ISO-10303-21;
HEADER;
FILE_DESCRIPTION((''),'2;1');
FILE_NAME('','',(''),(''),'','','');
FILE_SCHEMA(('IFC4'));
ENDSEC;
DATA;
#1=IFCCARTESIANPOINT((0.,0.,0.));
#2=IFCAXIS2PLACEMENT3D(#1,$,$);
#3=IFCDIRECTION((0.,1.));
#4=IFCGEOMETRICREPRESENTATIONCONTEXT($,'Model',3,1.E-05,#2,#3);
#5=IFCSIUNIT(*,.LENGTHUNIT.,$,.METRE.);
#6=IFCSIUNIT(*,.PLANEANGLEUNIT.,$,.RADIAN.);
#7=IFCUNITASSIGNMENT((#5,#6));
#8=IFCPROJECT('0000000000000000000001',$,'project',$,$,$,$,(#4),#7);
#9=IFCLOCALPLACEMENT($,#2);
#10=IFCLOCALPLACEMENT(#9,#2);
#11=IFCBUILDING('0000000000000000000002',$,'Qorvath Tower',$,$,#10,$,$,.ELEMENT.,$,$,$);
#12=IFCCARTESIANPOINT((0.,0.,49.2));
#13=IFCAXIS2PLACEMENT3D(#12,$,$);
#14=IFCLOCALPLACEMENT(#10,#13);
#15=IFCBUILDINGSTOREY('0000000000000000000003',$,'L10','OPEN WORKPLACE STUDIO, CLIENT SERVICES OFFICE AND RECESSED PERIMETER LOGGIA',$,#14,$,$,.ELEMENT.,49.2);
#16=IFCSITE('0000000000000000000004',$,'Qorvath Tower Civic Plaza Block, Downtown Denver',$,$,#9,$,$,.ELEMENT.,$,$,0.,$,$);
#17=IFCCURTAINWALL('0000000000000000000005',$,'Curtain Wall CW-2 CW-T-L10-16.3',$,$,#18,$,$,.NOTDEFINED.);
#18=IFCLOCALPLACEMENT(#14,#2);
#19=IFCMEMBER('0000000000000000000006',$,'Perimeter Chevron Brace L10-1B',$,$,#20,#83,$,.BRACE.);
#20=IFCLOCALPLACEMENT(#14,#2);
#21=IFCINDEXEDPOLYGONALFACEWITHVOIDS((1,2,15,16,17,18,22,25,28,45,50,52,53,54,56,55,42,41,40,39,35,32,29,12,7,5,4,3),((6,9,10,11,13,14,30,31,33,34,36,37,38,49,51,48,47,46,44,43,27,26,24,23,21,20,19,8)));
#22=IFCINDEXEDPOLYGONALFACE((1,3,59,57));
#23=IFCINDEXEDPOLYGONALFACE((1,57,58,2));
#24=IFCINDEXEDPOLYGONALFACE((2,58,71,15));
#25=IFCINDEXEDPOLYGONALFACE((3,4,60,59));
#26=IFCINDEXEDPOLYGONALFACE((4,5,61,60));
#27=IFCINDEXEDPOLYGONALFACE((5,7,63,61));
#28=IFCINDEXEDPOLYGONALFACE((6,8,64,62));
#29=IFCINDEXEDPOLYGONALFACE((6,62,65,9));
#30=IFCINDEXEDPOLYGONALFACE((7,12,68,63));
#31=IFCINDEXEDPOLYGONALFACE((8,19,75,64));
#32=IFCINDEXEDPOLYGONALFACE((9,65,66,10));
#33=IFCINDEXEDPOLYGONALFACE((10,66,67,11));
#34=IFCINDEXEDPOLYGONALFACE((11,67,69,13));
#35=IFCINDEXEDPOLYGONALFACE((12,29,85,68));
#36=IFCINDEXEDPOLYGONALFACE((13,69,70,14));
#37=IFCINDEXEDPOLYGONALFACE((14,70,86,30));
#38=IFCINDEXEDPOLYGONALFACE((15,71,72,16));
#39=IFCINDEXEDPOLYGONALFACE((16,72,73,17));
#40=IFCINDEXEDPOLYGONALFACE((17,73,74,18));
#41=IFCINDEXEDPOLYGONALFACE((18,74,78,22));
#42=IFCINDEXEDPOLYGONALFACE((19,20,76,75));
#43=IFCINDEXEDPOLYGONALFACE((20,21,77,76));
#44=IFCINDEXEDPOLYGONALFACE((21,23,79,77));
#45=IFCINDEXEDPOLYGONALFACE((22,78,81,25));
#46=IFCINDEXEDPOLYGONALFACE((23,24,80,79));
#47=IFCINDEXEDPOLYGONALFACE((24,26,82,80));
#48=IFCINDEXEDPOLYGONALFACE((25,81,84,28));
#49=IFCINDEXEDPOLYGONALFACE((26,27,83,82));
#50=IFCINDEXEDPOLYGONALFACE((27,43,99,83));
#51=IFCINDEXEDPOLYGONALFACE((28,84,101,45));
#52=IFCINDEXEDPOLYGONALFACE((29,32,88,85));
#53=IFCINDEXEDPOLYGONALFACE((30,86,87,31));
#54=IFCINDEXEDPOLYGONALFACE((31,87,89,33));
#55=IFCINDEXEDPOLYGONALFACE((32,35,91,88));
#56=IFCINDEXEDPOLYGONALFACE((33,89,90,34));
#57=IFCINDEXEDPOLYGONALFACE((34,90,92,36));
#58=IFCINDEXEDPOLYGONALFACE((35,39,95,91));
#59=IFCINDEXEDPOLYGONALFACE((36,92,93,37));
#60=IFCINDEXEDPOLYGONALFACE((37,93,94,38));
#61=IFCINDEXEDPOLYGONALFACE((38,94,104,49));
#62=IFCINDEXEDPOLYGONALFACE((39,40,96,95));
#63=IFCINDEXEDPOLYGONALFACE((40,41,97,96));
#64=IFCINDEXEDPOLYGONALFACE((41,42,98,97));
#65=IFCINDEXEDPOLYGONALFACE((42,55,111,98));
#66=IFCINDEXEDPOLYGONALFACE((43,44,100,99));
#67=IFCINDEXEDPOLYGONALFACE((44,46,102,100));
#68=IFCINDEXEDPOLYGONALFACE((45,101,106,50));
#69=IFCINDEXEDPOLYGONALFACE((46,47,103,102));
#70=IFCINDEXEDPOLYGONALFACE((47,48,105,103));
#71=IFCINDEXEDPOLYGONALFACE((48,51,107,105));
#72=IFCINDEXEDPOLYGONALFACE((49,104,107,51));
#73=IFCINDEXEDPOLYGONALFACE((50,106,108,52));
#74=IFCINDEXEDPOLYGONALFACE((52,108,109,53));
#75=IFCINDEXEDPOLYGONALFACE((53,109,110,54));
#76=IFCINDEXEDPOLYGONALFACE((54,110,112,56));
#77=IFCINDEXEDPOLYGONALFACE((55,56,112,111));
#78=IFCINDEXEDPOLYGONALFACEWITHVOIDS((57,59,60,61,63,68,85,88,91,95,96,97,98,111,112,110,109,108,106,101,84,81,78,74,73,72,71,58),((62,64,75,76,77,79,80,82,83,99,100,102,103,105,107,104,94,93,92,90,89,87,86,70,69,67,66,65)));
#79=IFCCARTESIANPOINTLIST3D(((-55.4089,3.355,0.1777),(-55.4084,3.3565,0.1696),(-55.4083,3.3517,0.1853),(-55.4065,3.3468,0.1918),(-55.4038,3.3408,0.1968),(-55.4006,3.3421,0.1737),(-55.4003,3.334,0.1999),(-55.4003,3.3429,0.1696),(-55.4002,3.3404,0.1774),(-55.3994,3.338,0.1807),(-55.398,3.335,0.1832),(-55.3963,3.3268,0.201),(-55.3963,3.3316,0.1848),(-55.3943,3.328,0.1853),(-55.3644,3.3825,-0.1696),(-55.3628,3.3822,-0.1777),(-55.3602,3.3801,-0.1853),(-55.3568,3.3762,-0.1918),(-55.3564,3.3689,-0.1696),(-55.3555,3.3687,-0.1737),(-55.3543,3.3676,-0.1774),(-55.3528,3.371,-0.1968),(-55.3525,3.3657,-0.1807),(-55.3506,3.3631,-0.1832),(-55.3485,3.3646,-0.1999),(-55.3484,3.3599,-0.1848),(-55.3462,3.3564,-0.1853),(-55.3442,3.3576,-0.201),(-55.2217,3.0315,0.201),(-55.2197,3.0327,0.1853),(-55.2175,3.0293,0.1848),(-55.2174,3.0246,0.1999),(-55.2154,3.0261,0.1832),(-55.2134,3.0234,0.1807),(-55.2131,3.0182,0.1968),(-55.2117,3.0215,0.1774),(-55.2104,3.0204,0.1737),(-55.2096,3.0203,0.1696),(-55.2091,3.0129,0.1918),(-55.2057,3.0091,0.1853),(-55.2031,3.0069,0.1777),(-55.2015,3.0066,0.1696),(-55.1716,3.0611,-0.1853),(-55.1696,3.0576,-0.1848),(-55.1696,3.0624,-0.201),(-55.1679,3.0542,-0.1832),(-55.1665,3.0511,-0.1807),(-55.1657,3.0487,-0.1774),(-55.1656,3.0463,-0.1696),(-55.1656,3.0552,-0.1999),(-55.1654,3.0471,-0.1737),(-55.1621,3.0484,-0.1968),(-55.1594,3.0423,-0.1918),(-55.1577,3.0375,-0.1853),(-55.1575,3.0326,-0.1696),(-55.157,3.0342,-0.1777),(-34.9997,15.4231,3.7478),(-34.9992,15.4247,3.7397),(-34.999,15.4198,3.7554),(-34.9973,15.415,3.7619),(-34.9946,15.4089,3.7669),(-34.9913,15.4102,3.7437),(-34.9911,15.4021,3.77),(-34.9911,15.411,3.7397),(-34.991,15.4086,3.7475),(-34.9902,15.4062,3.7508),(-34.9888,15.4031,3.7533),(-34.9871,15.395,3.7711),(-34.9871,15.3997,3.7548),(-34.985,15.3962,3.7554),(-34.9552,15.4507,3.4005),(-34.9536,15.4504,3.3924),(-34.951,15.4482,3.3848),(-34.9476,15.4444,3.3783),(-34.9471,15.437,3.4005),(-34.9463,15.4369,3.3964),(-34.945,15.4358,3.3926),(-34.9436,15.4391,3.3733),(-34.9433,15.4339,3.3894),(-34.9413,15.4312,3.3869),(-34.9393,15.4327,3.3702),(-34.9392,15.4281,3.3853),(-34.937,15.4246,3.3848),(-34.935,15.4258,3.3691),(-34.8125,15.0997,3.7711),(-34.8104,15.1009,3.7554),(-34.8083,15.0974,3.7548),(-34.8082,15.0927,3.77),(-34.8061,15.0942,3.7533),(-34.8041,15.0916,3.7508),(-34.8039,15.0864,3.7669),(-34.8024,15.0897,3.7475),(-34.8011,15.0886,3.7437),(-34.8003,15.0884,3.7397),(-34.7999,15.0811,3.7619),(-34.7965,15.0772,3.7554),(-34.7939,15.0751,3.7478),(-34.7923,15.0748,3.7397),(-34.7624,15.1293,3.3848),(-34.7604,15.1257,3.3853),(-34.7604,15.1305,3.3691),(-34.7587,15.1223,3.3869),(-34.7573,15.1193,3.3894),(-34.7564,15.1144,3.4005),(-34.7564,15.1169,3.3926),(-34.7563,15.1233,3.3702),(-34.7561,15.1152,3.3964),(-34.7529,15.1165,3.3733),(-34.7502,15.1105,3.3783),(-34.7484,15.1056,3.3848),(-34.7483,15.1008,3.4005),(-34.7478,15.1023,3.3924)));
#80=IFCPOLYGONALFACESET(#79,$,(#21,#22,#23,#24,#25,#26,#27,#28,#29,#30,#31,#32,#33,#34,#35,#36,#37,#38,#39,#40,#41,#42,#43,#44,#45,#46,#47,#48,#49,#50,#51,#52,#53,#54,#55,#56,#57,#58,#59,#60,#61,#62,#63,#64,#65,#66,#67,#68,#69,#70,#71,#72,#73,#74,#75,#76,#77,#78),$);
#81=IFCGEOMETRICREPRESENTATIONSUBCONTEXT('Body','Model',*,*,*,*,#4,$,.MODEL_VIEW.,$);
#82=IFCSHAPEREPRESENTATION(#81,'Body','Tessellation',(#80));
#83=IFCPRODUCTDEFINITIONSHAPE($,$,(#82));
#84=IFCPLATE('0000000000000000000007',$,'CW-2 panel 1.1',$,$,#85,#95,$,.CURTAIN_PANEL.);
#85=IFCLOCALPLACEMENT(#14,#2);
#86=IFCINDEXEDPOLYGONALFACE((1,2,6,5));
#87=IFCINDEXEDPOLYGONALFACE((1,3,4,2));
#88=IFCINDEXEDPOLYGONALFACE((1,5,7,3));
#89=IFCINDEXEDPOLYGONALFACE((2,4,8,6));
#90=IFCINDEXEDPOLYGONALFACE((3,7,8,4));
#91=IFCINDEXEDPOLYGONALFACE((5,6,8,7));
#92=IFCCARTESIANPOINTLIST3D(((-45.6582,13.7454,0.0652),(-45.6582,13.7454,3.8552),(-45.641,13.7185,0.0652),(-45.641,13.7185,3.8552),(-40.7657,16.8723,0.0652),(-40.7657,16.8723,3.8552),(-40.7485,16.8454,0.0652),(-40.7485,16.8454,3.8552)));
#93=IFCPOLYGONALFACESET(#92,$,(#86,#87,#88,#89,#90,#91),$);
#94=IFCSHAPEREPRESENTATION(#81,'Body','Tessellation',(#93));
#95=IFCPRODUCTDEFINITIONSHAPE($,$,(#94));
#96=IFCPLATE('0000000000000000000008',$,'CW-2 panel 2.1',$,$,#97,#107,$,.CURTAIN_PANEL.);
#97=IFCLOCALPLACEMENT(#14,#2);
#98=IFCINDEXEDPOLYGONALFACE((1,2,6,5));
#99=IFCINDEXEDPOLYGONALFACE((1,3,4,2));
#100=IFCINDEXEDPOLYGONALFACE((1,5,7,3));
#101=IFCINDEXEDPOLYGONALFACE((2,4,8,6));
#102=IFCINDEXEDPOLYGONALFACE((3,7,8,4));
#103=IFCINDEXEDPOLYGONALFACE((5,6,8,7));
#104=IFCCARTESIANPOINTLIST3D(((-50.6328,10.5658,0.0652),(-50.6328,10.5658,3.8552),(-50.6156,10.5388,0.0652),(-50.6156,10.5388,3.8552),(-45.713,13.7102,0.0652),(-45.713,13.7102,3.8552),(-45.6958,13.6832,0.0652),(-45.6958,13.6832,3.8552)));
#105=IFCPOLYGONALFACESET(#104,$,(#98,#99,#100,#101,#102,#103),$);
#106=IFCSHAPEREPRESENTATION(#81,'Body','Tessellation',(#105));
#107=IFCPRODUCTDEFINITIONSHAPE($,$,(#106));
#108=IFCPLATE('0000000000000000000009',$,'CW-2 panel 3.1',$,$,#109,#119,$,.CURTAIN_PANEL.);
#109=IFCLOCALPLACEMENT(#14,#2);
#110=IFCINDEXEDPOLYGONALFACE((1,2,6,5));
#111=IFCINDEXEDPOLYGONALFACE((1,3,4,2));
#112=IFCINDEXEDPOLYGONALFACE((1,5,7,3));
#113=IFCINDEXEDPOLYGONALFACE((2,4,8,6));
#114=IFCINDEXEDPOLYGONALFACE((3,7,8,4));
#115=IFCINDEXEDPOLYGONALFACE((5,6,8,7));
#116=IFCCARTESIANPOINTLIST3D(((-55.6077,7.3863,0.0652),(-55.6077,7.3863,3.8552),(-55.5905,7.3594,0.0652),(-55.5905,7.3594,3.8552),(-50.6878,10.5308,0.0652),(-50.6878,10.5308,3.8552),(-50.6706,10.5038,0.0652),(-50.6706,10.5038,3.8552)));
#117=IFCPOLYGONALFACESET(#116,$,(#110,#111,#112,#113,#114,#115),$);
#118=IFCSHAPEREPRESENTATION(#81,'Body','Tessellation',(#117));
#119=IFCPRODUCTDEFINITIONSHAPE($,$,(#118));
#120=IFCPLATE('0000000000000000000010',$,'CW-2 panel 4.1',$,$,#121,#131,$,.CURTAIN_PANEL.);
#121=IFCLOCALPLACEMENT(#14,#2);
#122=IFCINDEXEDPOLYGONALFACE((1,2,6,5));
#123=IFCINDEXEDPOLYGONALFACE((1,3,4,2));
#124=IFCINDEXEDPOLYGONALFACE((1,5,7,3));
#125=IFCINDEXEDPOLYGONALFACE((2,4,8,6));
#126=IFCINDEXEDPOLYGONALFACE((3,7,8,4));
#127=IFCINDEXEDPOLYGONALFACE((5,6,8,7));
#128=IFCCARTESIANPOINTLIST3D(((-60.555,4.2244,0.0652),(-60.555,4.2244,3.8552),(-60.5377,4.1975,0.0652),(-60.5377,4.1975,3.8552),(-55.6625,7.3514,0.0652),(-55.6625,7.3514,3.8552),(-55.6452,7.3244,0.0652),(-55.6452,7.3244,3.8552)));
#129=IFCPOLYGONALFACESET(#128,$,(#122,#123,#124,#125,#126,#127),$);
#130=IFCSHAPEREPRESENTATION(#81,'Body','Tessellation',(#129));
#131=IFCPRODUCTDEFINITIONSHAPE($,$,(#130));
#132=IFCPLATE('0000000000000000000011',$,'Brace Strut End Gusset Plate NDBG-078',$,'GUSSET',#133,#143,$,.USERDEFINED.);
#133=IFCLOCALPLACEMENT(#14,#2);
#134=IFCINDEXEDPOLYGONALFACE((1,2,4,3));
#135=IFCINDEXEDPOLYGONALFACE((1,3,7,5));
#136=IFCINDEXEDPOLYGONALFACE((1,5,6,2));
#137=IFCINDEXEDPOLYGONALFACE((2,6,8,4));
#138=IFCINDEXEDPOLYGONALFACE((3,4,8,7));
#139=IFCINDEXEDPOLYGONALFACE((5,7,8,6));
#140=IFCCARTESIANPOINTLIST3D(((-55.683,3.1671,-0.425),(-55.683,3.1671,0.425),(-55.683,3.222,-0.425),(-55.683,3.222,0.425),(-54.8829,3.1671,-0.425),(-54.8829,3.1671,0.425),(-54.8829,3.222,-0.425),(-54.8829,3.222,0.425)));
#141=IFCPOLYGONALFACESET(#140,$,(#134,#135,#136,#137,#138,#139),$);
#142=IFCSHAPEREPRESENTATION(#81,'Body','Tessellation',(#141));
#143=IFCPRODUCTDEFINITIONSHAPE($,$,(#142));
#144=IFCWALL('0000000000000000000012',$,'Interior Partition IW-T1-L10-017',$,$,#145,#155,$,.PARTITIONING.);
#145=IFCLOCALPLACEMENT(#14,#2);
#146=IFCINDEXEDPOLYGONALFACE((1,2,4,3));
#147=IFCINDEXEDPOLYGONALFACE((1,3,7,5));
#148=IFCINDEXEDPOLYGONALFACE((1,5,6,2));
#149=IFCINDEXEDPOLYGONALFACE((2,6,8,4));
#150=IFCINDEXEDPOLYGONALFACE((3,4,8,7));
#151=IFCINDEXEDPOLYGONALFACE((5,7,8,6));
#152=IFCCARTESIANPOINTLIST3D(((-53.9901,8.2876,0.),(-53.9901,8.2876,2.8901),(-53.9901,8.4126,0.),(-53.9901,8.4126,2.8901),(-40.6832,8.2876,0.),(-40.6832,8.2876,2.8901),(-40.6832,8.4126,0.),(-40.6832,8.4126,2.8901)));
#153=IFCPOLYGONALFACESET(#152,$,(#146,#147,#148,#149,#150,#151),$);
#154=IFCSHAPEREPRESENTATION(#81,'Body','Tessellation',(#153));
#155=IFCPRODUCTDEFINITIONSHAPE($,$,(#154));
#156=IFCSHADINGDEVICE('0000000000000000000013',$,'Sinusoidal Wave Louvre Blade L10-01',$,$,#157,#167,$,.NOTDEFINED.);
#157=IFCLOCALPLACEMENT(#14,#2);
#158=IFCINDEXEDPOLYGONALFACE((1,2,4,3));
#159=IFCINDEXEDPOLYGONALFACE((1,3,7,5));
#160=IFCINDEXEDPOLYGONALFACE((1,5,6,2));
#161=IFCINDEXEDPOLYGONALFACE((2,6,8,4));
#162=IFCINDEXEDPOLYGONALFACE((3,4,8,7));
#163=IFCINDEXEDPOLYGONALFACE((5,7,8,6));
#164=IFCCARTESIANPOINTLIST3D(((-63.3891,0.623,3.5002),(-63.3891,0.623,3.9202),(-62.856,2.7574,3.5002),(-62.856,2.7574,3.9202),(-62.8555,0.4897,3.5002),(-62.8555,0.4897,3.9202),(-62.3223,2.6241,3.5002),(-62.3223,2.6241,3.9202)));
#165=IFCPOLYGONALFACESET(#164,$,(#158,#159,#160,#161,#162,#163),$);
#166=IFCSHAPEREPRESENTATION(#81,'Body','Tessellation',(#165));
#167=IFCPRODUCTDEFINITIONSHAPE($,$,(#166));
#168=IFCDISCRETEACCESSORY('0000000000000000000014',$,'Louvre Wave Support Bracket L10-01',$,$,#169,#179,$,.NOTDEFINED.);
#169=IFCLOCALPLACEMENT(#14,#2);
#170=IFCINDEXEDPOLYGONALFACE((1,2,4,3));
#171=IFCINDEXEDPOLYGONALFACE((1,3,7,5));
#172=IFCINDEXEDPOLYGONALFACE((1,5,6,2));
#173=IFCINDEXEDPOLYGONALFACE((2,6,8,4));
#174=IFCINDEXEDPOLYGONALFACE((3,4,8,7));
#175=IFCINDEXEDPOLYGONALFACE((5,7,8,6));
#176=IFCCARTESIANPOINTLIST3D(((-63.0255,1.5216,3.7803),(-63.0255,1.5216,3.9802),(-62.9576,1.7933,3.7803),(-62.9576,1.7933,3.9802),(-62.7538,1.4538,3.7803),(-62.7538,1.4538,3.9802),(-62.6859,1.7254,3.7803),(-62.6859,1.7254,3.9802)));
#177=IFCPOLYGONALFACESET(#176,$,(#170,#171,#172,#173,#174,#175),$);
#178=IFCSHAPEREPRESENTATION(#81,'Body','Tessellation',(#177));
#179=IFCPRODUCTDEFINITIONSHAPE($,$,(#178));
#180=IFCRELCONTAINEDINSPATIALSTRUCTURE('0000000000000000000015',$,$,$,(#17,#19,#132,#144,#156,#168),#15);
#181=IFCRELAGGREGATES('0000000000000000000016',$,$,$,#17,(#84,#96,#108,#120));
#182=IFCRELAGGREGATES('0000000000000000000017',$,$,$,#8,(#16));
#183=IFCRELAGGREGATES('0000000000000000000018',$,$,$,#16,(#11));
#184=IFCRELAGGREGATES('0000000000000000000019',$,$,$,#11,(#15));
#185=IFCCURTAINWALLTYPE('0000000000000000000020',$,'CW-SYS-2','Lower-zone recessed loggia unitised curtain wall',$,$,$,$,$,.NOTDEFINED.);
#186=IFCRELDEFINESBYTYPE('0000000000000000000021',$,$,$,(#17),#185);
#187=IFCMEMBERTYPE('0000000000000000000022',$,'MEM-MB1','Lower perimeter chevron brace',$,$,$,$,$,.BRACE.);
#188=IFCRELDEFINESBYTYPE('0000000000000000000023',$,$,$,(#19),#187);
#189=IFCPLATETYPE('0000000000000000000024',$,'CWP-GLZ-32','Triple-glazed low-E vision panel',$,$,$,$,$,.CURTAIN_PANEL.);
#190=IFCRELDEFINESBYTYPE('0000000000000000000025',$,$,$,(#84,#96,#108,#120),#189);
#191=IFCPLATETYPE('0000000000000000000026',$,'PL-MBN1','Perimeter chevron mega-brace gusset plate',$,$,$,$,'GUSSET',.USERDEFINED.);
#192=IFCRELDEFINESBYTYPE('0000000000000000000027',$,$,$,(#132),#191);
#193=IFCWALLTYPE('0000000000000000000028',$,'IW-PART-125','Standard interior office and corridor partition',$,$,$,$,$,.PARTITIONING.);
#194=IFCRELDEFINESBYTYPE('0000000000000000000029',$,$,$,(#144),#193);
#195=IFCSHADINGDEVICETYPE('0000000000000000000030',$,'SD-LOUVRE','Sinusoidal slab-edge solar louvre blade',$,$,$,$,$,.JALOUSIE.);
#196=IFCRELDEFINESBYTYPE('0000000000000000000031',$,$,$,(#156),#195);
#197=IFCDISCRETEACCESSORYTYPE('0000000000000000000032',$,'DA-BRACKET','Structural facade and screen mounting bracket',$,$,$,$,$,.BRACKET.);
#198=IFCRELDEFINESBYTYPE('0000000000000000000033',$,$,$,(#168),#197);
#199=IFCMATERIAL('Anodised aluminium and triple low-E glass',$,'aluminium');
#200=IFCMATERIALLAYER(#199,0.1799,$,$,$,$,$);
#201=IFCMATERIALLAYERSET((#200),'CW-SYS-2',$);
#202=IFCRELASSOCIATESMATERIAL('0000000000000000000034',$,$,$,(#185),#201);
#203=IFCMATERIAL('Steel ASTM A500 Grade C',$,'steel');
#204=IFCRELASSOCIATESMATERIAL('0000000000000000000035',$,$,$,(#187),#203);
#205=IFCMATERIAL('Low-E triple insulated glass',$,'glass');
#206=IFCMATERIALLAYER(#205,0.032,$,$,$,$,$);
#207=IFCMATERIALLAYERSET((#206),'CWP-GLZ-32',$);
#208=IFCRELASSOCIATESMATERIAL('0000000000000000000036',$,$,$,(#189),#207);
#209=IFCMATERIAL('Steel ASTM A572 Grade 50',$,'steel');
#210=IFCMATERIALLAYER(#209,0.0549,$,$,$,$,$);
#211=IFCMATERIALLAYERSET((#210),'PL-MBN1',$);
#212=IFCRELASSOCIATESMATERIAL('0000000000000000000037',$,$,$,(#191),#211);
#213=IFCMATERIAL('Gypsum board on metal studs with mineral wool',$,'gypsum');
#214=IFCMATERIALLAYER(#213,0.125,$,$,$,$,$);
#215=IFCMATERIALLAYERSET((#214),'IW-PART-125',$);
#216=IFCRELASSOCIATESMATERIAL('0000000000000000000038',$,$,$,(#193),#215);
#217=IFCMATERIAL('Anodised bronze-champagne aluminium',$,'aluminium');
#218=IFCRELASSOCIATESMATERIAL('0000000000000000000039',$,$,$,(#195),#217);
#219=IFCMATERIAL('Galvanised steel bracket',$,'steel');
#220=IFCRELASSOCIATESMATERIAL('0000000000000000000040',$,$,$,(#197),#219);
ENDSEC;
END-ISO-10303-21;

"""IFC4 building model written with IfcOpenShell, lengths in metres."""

from ifc_helpers import new_model, si_unit, direction, frame, frame_2d, origin, origin_2d, place, context, subcontext, project, spatial, rectangle, hollow_rectangle, extrude, material, layer, layer_set, material_profile, profile_set, type_object, element, aggregate, save


model = new_model("IFC4")

# Units and contexts
model_context = context("Model", 3, precision=1e-05, world=origin(), true_north=direction((0.0, 1.0)))
body_context = subcontext(model_context, "Body", "Model", "MODEL_VIEW")
ifc_project = project(units=[si_unit("LENGTHUNIT", "METRE"), si_unit("PLANEANGLEUNIT", "RADIAN")], contexts=[model_context])

# Site, building, storey
site_placement = place(None, origin())
site = spatial("IfcSite", under=ifc_project, at=site_placement, Name="Qorvath Tower Civic Plaza Block, Downtown Denver", CompositionType="ELEMENT", RefElevation=0.0)
building_placement = place(site_placement, origin())
building = spatial("IfcBuilding", under=site, at=building_placement, Name="Qorvath Tower", CompositionType="ELEMENT")
storey_placement = place(building_placement, frame((0.0, 0.0, 49.2)))
storey = spatial("IfcBuildingStorey", under=building, at=storey_placement, Name="L10", Description="OPEN WORKPLACE STUDIO, CLIENT SERVICES OFFICE AND RECESSED PERIMETER LOGGIA", CompositionType="ELEMENT", Elevation=49.2)

# Curtain wall
ifc_material_1 = material(Name="Anodised aluminium and triple low-E glass", Category="aluminium")
ifc_layer_1 = layer(ifc_material_1, 0.1799)
ifc_layer_set_1 = layer_set([ifc_layer_1], Name="CW-SYS-2")
curtain_wall_type = type_object("IfcCurtainWallType", Name="CW-SYS-2", Description="Lower-zone recessed loggia unitised curtain wall", PredefinedType="NOTDEFINED", material=ifc_layer_set_1)
curtain_wall_placement = place(storey_placement, origin())
curtain_wall = element("IfcCurtainWall", 1, at=curtain_wall_placement, inside=storey, type_object=curtain_wall_type, Name="Curtain Wall CW-2 CW-T-L10-16.3", PredefinedType="NOTDEFINED")

# Member
ifc_material_2 = material(Name="Steel ASTM A500 Grade C", Category="steel")
ifc_material_profile_1 = material_profile(ifc_material_2, hollow_rectangle(XDim=0.4065, YDim=0.4065, WallThickness=0.0159, InnerFilletRadius=0.0159, OuterFilletRadius=0.0317, at=origin_2d()), Name="HSS 406x406x16")
ifc_profile_set_1 = profile_set([ifc_material_profile_1], Name="Steel ASTM A500 Grade C")
member_type_1 = type_object("IfcMemberType", Name="MEM-MB1", Description="Lower perimeter chevron brace", PredefinedType="BRACE", material=ifc_profile_set_1)
member_1_placement = place(storey_placement, frame((-55.283, 3.1946, 0.0), z_axis=(0.851181, 0.50331, 0.148893), x_axis=(-0.508984, 0.860776, 0.0)))
element("IfcMember", 2, at=member_1_placement, inside=storey, type_object=member_type_1, Name="Perimeter Chevron Brace L10-1B", PredefinedType="BRACE", context=body_context, shape_type="SweptSolid", body=[
    extrude(hollow_rectangle(XDim=0.4065, YDim=0.4065, WallThickness=0.0159, InnerFilletRadius=0.0159, OuterFilletRadius=0.0317, at=origin_2d()), origin(), (0.0, 0.0, 1.0), 23.9775),
])

# Plates
ifc_material_3 = material(Name="Low-E triple insulated glass", Category="glass")
ifc_layer_2 = layer(ifc_material_3, 0.032)
ifc_layer_set_2 = layer_set([ifc_layer_2], Name="CWP-GLZ-32")
plate_type_1 = type_object("IfcPlateType", Name="CWP-GLZ-32", Description="Triple-glazed low-E vision panel", PredefinedType="CURTAIN_PANEL", material=ifc_layer_set_2)
plate_1_placement = place(storey_placement, frame((-43.2034, 15.2954, 0.0652), z_axis=(0.0, 0.0, 1.0), x_axis=(-0.842605, -0.538532, 0.0)))
plate_1 = element("IfcPlate", 3, at=plate_1_placement, type_object=plate_type_1, Name="CW-2 panel 1.1", PredefinedType="CURTAIN_PANEL", context=body_context, shape_type="SweptSolid", body=[
    extrude(rectangle(XDim=5.8064, YDim=0.032, at=origin_2d()), origin(), (0.0, 0.0, 1.0), 3.79),
])
plate_2_placement = place(storey_placement, frame((-48.1643, 12.1245, 0.0652), z_axis=(0.0, 0.0, 1.0), x_axis=(-0.842605, -0.538532, 0.0)))
plate_2 = element("IfcPlate", 4, at=plate_2_placement, type_object=plate_type_1, Name="CW-2 panel 2.1", PredefinedType="CURTAIN_PANEL", context=body_context, shape_type="SweptSolid", body=[
    extrude(rectangle(XDim=5.8389, YDim=0.032, at=origin_2d()), origin(), (0.0, 0.0, 1.0), 3.79),
])
plate_3_placement = place(storey_placement, frame((-53.1392, 8.9451, 0.0652), z_axis=(0.0, 0.0, 1.0), x_axis=(-0.842605, -0.538532, 0.0)))
plate_3 = element("IfcPlate", 5, at=plate_3_placement, type_object=plate_type_1, Name="CW-2 panel 3.1", PredefinedType="CURTAIN_PANEL", context=body_context, shape_type="SweptSolid", body=[
    extrude(rectangle(XDim=5.8389, YDim=0.032, at=origin_2d()), origin(), (0.0, 0.0, 1.0), 3.79),
])
plate_4_placement = place(storey_placement, frame((-58.1001, 5.7744, 0.0652), z_axis=(0.0, 0.0, 1.0), x_axis=(-0.842605, -0.538532, 0.0)))
plate_4 = element("IfcPlate", 6, at=plate_4_placement, type_object=plate_type_1, Name="CW-2 panel 4.1", PredefinedType="CURTAIN_PANEL", context=body_context, shape_type="SweptSolid", body=[
    extrude(rectangle(XDim=5.8064, YDim=0.032, at=origin_2d()), origin(), (0.0, 0.0, 1.0), 3.79),
])
aggregate(curtain_wall, [plate_1, plate_2, plate_3, plate_4])
ifc_material_4 = material(Name="Steel ASTM A572 Grade 50", Category="steel")
ifc_layer_3 = layer(ifc_material_4, 0.0549)
ifc_layer_set_3 = layer_set([ifc_layer_3], Name="PL-MBN1")
plate_type_2 = type_object("IfcPlateType", Name="PL-MBN1", Description="Perimeter chevron mega-brace gusset plate", ElementType="GUSSET", PredefinedType="USERDEFINED", material=ifc_layer_set_3)
plate_5_placement = place(storey_placement, frame((-55.283, 3.1946, -0.425), z_axis=(0.0, 0.0, 1.0), x_axis=(1.0, 0.0, 0.0)))
element("IfcPlate", 7, at=plate_5_placement, inside=storey, type_object=plate_type_2, Name="Brace Strut End Gusset Plate NDBG-078", ObjectType="GUSSET", PredefinedType="USERDEFINED", context=body_context, shape_type="SweptSolid", body=[
    extrude(rectangle(XDim=0.8, YDim=0.0549, at=origin_2d()), origin(), (0.0, 0.0, 1.0), 0.8501),
])

# Wall
ifc_material_5 = material(Name="Gypsum board on metal studs with mineral wool", Category="gypsum")
ifc_layer_4 = layer(ifc_material_5, 0.125)
ifc_layer_set_4 = layer_set([ifc_layer_4], Name="IW-PART-125")
wall_type = type_object("IfcWallType", Name="IW-PART-125", Description="Standard interior office and corridor partition", PredefinedType="PARTITIONING", material=ifc_layer_set_4)
wall_placement = place(storey_placement, frame((-53.99, 8.3501, 0.0), z_axis=(0.0, 0.0, 1.0), x_axis=(1.0, 0.0, 0.0)))
element("IfcWall", 8, at=wall_placement, inside=storey, type_object=wall_type, Name="Interior Partition IW-T1-L10-017", PredefinedType="PARTITIONING", context=body_context, shape_type="SweptSolid", body=[
    extrude(rectangle(XDim=13.3069, YDim=0.125, at=frame_2d((6.6533, 0.0))), origin(), (0.0, 0.0, 1.0), 2.8901),
])

# Shading device
ifc_material_6 = material(Name="Anodised bronze-champagne aluminium", Category="aluminium")
shading_device_type = type_object("IfcShadingDeviceType", Name="SD-LOUVRE", Description="Sinusoidal slab-edge solar louvre blade", PredefinedType="JALOUSIE", material=ifc_material_6)
shading_device_placement = place(storey_placement, frame((-62.8557, 1.6235, 3.5002), z_axis=(0.0, 0.0, 1.0), x_axis=(-0.242352, -0.970188, 0.0)))
element("IfcShadingDevice", 9, at=shading_device_placement, inside=storey, type_object=shading_device_type, Name="Sinusoidal Wave Louvre Blade L10-01", PredefinedType="NOTDEFINED", context=body_context, shape_type="SweptSolid", body=[
    extrude(rectangle(XDim=2.2, YDim=0.55, at=origin_2d()), origin(), (0.0, 0.0, 1.0), 0.4199),
])

# Discrete accessory
ifc_material_7 = material(Name="Galvanised steel bracket", Category="steel")
discrete_accessory_type = type_object("IfcDiscreteAccessoryType", Name="DA-BRACKET", Description="Structural facade and screen mounting bracket", PredefinedType="BRACKET", material=ifc_material_7)
discrete_accessory_placement = place(storey_placement, frame((-62.8557, 1.6235, 3.7803), z_axis=(0.0, 0.0, 1.0), x_axis=(-0.242352, -0.970188, 0.0)))
element("IfcDiscreteAccessory", 10, at=discrete_accessory_placement, inside=storey, type_object=discrete_accessory_type, Name="Louvre Wave Support Bracket L10-01", PredefinedType="NOTDEFINED", context=body_context, shape_type="SweptSolid", body=[
    extrude(rectangle(XDim=0.28, YDim=0.28, at=origin_2d()), origin(), (0.0, 0.0, 1.0), 0.2),
])

save(model, "model.ifc")
